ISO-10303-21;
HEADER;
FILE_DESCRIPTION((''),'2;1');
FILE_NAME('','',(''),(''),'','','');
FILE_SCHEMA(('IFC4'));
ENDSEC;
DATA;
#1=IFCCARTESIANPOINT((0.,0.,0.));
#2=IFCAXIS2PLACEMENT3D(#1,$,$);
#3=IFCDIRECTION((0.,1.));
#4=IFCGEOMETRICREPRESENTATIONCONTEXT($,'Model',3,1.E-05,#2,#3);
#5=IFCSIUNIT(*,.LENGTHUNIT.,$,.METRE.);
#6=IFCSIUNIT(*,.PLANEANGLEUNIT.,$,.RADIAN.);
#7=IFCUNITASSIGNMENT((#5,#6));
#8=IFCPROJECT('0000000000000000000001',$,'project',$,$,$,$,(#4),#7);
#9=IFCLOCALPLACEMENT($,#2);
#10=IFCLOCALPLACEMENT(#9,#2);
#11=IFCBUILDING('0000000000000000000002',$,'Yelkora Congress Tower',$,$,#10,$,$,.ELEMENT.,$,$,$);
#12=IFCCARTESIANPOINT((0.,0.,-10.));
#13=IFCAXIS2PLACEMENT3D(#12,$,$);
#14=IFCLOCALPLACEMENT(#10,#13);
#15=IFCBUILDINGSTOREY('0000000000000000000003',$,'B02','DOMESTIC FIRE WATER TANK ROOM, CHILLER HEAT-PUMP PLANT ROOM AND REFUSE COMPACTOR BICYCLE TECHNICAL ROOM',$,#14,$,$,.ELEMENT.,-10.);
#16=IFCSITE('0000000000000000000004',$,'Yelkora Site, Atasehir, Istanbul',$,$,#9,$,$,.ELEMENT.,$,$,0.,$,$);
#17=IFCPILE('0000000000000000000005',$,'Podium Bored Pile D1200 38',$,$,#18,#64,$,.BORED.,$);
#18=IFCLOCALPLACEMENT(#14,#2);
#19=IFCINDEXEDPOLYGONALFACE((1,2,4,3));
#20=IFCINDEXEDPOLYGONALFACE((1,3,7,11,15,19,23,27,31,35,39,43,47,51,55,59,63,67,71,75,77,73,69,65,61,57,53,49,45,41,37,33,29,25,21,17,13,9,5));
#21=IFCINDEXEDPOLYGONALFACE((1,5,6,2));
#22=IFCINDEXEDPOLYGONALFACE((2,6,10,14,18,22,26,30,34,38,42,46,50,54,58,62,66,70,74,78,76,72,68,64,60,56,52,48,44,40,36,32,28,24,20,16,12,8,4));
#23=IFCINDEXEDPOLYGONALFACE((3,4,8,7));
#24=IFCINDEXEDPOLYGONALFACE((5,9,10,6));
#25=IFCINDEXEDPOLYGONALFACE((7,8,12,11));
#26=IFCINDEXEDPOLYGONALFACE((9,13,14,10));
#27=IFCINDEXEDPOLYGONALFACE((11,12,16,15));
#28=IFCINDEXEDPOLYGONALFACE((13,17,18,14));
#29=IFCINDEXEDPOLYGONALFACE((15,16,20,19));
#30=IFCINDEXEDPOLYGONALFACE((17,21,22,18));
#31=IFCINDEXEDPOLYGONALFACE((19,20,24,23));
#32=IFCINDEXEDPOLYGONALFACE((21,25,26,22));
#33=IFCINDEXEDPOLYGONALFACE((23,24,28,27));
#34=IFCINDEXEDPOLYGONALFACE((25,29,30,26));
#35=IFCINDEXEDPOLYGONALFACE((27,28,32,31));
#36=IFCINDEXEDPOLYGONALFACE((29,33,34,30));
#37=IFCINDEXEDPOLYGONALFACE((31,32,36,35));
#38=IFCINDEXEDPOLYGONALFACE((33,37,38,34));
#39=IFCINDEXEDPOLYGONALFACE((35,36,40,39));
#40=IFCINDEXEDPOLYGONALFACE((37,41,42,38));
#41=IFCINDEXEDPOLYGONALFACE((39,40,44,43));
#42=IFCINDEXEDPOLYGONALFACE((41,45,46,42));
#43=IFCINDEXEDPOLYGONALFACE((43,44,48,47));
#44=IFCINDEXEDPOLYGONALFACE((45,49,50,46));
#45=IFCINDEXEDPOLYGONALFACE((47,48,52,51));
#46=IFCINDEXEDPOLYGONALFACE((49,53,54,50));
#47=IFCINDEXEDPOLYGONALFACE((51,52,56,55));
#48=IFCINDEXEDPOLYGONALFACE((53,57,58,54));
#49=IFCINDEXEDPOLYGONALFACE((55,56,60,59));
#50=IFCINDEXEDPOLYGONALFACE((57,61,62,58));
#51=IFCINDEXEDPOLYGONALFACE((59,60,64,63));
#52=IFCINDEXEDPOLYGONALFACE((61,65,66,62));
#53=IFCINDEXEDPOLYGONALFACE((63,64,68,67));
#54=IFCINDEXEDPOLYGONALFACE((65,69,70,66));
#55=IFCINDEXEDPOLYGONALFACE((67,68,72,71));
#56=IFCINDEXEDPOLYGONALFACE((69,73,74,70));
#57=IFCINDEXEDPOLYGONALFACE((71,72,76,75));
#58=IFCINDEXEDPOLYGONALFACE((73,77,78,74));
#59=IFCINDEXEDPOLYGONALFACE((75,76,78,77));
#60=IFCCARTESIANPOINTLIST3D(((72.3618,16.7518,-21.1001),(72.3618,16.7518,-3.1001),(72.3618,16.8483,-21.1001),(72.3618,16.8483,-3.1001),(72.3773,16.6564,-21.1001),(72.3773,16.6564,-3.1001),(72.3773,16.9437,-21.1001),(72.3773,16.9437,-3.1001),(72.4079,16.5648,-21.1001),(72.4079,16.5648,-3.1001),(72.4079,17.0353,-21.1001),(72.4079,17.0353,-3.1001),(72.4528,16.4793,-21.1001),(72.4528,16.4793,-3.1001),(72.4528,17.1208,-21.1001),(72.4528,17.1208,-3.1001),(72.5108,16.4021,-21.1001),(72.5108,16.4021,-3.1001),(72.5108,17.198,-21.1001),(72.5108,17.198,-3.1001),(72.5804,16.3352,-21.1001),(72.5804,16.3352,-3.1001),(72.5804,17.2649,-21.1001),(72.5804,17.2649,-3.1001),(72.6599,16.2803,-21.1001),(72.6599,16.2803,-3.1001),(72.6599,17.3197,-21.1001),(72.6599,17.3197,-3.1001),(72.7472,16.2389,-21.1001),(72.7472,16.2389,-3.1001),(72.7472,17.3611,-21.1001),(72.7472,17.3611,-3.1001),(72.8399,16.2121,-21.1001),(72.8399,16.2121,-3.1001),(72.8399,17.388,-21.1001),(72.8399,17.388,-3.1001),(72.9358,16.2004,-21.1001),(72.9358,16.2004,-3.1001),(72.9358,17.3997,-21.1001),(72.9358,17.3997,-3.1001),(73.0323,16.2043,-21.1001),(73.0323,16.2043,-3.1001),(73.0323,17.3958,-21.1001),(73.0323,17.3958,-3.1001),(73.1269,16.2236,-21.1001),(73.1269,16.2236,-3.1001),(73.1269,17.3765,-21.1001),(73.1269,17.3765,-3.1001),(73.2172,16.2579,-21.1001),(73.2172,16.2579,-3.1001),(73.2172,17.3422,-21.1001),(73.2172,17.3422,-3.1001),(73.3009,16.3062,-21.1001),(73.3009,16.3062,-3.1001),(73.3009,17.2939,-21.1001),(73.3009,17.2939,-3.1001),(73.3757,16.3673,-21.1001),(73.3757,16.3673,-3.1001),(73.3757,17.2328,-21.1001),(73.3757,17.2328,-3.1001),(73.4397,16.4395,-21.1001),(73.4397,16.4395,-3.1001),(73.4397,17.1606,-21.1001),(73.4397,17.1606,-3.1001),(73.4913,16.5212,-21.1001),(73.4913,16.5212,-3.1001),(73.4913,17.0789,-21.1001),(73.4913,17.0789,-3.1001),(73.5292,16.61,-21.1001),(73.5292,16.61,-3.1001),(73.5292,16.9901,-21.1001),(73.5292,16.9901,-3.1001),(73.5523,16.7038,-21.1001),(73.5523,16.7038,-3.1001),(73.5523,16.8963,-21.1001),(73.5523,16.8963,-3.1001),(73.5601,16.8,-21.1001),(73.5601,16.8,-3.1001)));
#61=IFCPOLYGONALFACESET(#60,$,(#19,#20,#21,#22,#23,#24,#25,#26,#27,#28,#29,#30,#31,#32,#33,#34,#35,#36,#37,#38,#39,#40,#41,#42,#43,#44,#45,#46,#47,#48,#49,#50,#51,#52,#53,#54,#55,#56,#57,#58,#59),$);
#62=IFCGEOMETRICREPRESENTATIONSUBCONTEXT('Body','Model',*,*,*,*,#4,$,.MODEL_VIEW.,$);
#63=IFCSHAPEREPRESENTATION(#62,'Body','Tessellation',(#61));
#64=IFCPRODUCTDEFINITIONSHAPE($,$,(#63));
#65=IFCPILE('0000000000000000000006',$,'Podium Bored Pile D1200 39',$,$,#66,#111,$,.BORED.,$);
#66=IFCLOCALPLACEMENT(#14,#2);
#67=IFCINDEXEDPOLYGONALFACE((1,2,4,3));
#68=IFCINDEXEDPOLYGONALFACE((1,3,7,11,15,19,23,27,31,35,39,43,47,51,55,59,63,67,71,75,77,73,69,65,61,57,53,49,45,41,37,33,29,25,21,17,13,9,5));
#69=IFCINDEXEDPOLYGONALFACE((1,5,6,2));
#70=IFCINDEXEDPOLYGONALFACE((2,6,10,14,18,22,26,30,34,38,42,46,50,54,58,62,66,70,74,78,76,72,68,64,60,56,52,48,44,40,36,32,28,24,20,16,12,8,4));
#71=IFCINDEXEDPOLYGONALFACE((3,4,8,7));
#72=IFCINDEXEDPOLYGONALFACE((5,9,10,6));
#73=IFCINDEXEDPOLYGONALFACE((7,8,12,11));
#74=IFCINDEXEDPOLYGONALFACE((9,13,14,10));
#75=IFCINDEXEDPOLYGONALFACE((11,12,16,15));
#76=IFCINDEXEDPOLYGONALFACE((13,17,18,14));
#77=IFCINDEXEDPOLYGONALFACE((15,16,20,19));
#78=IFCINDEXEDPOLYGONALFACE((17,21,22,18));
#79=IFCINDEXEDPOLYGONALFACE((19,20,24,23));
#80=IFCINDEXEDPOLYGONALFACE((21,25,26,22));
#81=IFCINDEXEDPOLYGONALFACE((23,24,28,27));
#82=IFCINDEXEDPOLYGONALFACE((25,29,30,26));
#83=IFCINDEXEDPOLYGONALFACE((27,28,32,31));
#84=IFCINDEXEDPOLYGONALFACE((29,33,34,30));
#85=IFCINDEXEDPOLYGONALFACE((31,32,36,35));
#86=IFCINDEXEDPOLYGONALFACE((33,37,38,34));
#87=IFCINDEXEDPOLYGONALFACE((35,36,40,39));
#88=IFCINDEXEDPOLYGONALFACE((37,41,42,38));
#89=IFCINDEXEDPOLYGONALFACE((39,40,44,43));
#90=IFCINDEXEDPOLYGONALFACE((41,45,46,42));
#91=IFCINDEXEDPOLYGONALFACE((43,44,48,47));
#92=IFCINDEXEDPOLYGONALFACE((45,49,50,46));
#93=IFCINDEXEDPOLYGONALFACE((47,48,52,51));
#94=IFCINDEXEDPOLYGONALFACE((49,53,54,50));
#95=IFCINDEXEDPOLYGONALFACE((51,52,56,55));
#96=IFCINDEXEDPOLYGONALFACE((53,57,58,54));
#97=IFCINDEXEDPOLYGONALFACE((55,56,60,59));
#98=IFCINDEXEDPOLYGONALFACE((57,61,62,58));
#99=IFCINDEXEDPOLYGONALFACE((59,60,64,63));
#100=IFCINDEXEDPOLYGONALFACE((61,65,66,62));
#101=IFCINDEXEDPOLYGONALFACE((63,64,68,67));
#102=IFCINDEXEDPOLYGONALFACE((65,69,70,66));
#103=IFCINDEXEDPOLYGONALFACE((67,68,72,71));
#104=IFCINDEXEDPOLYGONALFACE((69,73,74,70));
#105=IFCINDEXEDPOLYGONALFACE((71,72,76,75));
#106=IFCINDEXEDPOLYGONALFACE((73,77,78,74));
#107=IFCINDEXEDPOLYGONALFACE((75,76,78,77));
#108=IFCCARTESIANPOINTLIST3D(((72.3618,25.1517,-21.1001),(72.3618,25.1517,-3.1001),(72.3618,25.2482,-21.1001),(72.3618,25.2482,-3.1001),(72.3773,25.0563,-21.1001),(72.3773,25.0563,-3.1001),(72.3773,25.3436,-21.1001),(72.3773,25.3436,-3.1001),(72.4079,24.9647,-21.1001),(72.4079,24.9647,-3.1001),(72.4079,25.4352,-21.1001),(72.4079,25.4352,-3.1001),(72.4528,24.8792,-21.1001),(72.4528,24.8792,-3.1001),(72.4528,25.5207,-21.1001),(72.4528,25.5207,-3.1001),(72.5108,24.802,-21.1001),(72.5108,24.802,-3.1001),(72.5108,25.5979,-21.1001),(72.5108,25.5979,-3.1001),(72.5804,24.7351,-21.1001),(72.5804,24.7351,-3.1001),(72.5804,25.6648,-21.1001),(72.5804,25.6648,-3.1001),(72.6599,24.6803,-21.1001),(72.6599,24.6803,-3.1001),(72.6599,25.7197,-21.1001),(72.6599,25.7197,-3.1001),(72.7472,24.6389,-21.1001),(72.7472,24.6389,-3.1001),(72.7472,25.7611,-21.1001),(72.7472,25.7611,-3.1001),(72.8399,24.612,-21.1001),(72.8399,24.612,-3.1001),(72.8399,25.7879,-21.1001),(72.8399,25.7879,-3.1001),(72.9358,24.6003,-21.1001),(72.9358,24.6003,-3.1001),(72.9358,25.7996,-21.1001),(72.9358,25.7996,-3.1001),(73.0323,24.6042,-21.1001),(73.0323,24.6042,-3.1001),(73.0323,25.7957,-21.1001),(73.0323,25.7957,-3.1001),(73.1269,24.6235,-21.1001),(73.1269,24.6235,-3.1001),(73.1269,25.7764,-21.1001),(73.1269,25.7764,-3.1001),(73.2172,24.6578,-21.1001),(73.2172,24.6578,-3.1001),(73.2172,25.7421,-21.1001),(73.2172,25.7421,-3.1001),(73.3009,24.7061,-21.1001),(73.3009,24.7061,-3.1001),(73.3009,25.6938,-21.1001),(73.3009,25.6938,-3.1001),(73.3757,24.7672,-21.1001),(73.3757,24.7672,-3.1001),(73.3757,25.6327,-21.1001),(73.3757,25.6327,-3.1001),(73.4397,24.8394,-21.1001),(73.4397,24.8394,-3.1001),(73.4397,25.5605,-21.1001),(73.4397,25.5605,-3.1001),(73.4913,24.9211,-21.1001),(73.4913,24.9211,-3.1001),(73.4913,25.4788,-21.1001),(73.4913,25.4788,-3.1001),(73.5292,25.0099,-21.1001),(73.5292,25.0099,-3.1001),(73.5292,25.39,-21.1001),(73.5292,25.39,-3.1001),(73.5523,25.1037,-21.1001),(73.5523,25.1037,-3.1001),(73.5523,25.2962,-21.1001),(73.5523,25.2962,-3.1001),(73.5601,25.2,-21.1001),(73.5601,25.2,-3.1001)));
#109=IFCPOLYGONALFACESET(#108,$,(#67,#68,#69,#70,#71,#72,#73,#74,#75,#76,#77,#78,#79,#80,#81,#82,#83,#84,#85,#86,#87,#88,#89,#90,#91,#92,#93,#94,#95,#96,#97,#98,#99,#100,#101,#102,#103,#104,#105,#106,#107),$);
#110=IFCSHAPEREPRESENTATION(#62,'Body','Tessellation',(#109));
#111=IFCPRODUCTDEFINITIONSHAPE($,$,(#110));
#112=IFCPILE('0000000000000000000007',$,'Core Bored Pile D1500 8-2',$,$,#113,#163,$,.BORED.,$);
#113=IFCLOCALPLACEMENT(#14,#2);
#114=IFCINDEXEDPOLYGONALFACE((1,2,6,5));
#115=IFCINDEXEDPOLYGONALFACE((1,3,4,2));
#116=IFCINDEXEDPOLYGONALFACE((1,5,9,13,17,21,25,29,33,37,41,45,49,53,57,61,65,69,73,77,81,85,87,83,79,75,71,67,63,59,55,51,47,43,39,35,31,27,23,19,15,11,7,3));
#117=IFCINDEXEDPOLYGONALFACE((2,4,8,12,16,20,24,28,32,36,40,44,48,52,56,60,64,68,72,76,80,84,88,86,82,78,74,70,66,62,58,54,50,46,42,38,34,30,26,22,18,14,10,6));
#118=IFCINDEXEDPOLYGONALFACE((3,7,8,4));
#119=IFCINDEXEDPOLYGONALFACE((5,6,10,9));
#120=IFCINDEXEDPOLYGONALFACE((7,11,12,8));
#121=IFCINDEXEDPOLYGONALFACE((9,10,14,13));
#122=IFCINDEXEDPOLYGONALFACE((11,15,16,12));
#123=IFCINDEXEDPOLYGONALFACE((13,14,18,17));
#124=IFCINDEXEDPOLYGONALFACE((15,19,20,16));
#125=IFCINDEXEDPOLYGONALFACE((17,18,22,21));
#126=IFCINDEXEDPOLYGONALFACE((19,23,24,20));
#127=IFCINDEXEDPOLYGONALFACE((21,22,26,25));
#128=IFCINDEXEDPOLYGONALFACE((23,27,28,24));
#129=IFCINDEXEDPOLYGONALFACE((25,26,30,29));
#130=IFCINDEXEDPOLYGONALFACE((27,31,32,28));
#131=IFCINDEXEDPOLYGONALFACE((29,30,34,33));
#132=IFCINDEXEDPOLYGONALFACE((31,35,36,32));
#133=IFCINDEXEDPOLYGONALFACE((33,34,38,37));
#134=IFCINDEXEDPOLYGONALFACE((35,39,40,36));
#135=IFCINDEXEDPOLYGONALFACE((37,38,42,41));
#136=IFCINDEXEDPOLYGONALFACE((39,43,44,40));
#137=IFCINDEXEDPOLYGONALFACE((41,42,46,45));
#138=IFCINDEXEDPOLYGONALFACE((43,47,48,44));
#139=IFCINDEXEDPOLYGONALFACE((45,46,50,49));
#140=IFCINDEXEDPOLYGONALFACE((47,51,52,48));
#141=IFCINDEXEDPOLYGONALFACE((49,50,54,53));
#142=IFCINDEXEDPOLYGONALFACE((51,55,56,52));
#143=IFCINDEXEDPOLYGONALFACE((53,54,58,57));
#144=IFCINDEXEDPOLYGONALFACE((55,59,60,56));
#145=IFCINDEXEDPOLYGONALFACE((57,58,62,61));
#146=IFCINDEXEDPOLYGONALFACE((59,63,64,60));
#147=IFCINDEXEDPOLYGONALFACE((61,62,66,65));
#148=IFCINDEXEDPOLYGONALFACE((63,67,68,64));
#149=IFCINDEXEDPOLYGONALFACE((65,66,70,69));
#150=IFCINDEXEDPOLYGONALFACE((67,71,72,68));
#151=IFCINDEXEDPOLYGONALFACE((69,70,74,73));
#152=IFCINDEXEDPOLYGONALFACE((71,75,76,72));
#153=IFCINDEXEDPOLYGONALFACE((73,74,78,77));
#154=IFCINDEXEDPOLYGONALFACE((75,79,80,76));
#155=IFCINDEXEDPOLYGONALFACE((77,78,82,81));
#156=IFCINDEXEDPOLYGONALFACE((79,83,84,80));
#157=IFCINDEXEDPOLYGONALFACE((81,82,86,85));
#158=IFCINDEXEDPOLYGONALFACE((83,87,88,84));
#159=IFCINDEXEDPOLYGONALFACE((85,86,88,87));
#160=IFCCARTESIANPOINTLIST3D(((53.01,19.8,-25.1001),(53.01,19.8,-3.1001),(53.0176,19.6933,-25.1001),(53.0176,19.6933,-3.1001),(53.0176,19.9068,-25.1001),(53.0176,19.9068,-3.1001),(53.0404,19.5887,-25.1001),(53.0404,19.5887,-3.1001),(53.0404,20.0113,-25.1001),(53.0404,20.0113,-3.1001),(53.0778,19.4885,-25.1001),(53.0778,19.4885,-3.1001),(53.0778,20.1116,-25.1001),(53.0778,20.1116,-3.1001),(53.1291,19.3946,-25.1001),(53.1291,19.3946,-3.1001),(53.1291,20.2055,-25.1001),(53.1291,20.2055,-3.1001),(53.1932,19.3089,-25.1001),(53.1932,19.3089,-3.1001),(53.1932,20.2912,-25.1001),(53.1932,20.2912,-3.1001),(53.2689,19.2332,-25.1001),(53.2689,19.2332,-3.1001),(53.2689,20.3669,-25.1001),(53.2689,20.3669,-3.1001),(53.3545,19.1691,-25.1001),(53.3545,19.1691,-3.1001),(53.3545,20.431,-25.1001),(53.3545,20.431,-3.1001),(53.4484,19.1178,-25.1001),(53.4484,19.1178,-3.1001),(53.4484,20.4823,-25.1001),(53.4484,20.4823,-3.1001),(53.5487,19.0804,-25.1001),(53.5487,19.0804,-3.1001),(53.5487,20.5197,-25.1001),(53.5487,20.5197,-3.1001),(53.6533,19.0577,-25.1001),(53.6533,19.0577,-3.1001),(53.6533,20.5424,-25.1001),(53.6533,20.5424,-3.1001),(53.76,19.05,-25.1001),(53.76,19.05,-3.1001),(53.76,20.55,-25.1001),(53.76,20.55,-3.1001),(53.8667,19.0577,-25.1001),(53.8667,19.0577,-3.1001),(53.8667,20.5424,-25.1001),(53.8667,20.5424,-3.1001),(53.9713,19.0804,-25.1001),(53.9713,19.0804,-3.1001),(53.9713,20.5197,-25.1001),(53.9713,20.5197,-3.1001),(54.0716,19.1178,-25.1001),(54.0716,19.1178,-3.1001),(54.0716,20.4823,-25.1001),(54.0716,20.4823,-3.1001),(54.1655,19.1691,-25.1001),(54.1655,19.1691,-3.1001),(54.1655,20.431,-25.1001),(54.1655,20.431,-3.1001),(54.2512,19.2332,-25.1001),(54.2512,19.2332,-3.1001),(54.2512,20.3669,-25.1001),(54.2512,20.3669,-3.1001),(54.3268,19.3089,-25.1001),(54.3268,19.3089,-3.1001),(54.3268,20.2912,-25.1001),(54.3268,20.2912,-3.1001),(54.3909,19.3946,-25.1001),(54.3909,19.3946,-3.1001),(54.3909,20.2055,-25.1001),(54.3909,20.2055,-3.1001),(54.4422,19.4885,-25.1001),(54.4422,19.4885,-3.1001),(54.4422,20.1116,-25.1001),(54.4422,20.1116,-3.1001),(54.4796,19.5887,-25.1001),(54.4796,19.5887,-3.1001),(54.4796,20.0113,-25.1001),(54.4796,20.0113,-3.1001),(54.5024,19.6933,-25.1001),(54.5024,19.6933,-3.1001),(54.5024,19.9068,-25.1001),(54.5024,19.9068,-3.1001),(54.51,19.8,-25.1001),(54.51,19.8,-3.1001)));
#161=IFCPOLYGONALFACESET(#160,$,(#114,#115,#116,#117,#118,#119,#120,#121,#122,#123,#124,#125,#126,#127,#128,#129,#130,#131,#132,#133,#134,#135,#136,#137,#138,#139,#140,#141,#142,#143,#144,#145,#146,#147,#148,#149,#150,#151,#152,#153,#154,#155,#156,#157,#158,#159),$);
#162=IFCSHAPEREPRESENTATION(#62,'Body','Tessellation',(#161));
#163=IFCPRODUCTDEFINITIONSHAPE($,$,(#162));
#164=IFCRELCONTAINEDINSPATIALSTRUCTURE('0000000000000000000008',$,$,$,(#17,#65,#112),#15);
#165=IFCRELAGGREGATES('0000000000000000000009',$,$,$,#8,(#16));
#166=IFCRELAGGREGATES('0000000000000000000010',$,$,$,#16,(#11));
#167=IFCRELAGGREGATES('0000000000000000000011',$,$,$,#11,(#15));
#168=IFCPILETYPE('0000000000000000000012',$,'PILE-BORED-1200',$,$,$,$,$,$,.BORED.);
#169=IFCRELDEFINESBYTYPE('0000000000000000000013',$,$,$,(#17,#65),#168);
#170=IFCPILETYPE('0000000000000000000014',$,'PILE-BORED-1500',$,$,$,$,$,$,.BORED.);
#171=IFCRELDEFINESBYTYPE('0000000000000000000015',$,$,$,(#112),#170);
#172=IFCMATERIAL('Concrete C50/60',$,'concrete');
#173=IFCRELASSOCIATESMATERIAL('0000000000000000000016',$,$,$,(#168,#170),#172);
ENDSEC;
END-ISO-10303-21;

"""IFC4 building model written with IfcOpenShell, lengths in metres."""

from ifc_helpers import new_model, si_unit, direction, frame, origin, origin_2d, place, context, subcontext, project, spatial, circle, extrude, material, material_profile, profile_set, type_object, element, save


model = new_model("IFC4")

# Units and contexts
model_context = context("Model", 3, precision=1e-05, world=origin(), true_north=direction((0.0, 1.0)))
body_context = subcontext(model_context, "Body", "Model", "MODEL_VIEW")
ifc_project = project(units=[si_unit("LENGTHUNIT", "METRE"), si_unit("PLANEANGLEUNIT", "RADIAN")], contexts=[model_context])

# Site, building, storey
site_placement = place(None, origin())
site = spatial("IfcSite", under=ifc_project, at=site_placement, Name="Yelkora Site, Atasehir, Istanbul", CompositionType="ELEMENT", RefElevation=0.0)
building_placement = place(site_placement, origin())
building = spatial("IfcBuilding", under=site, at=building_placement, Name="Yelkora Congress Tower", CompositionType="ELEMENT")
storey_placement = place(building_placement, frame((0.0, 0.0, -10.0)))
storey = spatial("IfcBuildingStorey", under=building, at=storey_placement, Name="B02", Description="DOMESTIC FIRE WATER TANK ROOM, CHILLER HEAT-PUMP PLANT ROOM AND REFUSE COMPACTOR BICYCLE TECHNICAL ROOM", CompositionType="ELEMENT", Elevation=-10.0)

# Piles
ifc_material_1 = material(Name="Concrete C50/60", Category="concrete")
ifc_material_profile_1 = material_profile(ifc_material_1, circle(Radius=0.6001, at=origin_2d()), Name="PILE D1200")
ifc_profile_set_1 = profile_set([ifc_material_profile_1], Name="Concrete C50/60")
pile_type_1 = type_object("IfcPileType", Name="PILE-BORED-1200", PredefinedType="BORED", material=ifc_profile_set_1)
for number, where, z_axis, x_axis, name in (
    (1, (72.96, 16.8, -3.1001), (0.0, 0.0, -1.0), (1.0, 0.0, 0.0), "Podium Bored Pile D1200 38"),
    (2, (72.96, 25.2, -3.1001), (0.0, 0.0, -1.0), (1.0, 0.0, 0.0), "Podium Bored Pile D1200 39"),
):
    element("IfcPile", number, at=place(storey_placement, frame(where, z_axis=z_axis, x_axis=x_axis)), inside=storey, type_object=pile_type_1, Name=name, PredefinedType="BORED", context=body_context, shape_type="SweptSolid", body=[
        extrude(circle(Radius=0.6001, at=origin_2d()), origin(), (0.0, 0.0, 1.0), 18.0),
    ])
ifc_material_profile_2 = material_profile(ifc_material_1, circle(Radius=0.75, at=origin_2d()), Name="PILE D1500")
ifc_profile_set_2 = profile_set([ifc_material_profile_2], Name="Concrete C50/60")
pile_type_2 = type_object("IfcPileType", Name="PILE-BORED-1500", PredefinedType="BORED", material=ifc_profile_set_2)
for number, where, z_axis, x_axis, name in (
    (3, (53.76, 19.8, -3.1001), (0.0, 0.0, -1.0), (1.0, 0.0, 0.0), "Core Bored Pile D1500 8-2"),
):
    element("IfcPile", number, at=place(storey_placement, frame(where, z_axis=z_axis, x_axis=x_axis)), inside=storey, type_object=pile_type_2, Name=name, PredefinedType="BORED", context=body_context, shape_type="SweptSolid", body=[
        extrude(circle(Radius=0.75, at=origin_2d()), origin(), (0.0, 0.0, 1.0), 22.0),
    ])

save(model, "model.ifc")
